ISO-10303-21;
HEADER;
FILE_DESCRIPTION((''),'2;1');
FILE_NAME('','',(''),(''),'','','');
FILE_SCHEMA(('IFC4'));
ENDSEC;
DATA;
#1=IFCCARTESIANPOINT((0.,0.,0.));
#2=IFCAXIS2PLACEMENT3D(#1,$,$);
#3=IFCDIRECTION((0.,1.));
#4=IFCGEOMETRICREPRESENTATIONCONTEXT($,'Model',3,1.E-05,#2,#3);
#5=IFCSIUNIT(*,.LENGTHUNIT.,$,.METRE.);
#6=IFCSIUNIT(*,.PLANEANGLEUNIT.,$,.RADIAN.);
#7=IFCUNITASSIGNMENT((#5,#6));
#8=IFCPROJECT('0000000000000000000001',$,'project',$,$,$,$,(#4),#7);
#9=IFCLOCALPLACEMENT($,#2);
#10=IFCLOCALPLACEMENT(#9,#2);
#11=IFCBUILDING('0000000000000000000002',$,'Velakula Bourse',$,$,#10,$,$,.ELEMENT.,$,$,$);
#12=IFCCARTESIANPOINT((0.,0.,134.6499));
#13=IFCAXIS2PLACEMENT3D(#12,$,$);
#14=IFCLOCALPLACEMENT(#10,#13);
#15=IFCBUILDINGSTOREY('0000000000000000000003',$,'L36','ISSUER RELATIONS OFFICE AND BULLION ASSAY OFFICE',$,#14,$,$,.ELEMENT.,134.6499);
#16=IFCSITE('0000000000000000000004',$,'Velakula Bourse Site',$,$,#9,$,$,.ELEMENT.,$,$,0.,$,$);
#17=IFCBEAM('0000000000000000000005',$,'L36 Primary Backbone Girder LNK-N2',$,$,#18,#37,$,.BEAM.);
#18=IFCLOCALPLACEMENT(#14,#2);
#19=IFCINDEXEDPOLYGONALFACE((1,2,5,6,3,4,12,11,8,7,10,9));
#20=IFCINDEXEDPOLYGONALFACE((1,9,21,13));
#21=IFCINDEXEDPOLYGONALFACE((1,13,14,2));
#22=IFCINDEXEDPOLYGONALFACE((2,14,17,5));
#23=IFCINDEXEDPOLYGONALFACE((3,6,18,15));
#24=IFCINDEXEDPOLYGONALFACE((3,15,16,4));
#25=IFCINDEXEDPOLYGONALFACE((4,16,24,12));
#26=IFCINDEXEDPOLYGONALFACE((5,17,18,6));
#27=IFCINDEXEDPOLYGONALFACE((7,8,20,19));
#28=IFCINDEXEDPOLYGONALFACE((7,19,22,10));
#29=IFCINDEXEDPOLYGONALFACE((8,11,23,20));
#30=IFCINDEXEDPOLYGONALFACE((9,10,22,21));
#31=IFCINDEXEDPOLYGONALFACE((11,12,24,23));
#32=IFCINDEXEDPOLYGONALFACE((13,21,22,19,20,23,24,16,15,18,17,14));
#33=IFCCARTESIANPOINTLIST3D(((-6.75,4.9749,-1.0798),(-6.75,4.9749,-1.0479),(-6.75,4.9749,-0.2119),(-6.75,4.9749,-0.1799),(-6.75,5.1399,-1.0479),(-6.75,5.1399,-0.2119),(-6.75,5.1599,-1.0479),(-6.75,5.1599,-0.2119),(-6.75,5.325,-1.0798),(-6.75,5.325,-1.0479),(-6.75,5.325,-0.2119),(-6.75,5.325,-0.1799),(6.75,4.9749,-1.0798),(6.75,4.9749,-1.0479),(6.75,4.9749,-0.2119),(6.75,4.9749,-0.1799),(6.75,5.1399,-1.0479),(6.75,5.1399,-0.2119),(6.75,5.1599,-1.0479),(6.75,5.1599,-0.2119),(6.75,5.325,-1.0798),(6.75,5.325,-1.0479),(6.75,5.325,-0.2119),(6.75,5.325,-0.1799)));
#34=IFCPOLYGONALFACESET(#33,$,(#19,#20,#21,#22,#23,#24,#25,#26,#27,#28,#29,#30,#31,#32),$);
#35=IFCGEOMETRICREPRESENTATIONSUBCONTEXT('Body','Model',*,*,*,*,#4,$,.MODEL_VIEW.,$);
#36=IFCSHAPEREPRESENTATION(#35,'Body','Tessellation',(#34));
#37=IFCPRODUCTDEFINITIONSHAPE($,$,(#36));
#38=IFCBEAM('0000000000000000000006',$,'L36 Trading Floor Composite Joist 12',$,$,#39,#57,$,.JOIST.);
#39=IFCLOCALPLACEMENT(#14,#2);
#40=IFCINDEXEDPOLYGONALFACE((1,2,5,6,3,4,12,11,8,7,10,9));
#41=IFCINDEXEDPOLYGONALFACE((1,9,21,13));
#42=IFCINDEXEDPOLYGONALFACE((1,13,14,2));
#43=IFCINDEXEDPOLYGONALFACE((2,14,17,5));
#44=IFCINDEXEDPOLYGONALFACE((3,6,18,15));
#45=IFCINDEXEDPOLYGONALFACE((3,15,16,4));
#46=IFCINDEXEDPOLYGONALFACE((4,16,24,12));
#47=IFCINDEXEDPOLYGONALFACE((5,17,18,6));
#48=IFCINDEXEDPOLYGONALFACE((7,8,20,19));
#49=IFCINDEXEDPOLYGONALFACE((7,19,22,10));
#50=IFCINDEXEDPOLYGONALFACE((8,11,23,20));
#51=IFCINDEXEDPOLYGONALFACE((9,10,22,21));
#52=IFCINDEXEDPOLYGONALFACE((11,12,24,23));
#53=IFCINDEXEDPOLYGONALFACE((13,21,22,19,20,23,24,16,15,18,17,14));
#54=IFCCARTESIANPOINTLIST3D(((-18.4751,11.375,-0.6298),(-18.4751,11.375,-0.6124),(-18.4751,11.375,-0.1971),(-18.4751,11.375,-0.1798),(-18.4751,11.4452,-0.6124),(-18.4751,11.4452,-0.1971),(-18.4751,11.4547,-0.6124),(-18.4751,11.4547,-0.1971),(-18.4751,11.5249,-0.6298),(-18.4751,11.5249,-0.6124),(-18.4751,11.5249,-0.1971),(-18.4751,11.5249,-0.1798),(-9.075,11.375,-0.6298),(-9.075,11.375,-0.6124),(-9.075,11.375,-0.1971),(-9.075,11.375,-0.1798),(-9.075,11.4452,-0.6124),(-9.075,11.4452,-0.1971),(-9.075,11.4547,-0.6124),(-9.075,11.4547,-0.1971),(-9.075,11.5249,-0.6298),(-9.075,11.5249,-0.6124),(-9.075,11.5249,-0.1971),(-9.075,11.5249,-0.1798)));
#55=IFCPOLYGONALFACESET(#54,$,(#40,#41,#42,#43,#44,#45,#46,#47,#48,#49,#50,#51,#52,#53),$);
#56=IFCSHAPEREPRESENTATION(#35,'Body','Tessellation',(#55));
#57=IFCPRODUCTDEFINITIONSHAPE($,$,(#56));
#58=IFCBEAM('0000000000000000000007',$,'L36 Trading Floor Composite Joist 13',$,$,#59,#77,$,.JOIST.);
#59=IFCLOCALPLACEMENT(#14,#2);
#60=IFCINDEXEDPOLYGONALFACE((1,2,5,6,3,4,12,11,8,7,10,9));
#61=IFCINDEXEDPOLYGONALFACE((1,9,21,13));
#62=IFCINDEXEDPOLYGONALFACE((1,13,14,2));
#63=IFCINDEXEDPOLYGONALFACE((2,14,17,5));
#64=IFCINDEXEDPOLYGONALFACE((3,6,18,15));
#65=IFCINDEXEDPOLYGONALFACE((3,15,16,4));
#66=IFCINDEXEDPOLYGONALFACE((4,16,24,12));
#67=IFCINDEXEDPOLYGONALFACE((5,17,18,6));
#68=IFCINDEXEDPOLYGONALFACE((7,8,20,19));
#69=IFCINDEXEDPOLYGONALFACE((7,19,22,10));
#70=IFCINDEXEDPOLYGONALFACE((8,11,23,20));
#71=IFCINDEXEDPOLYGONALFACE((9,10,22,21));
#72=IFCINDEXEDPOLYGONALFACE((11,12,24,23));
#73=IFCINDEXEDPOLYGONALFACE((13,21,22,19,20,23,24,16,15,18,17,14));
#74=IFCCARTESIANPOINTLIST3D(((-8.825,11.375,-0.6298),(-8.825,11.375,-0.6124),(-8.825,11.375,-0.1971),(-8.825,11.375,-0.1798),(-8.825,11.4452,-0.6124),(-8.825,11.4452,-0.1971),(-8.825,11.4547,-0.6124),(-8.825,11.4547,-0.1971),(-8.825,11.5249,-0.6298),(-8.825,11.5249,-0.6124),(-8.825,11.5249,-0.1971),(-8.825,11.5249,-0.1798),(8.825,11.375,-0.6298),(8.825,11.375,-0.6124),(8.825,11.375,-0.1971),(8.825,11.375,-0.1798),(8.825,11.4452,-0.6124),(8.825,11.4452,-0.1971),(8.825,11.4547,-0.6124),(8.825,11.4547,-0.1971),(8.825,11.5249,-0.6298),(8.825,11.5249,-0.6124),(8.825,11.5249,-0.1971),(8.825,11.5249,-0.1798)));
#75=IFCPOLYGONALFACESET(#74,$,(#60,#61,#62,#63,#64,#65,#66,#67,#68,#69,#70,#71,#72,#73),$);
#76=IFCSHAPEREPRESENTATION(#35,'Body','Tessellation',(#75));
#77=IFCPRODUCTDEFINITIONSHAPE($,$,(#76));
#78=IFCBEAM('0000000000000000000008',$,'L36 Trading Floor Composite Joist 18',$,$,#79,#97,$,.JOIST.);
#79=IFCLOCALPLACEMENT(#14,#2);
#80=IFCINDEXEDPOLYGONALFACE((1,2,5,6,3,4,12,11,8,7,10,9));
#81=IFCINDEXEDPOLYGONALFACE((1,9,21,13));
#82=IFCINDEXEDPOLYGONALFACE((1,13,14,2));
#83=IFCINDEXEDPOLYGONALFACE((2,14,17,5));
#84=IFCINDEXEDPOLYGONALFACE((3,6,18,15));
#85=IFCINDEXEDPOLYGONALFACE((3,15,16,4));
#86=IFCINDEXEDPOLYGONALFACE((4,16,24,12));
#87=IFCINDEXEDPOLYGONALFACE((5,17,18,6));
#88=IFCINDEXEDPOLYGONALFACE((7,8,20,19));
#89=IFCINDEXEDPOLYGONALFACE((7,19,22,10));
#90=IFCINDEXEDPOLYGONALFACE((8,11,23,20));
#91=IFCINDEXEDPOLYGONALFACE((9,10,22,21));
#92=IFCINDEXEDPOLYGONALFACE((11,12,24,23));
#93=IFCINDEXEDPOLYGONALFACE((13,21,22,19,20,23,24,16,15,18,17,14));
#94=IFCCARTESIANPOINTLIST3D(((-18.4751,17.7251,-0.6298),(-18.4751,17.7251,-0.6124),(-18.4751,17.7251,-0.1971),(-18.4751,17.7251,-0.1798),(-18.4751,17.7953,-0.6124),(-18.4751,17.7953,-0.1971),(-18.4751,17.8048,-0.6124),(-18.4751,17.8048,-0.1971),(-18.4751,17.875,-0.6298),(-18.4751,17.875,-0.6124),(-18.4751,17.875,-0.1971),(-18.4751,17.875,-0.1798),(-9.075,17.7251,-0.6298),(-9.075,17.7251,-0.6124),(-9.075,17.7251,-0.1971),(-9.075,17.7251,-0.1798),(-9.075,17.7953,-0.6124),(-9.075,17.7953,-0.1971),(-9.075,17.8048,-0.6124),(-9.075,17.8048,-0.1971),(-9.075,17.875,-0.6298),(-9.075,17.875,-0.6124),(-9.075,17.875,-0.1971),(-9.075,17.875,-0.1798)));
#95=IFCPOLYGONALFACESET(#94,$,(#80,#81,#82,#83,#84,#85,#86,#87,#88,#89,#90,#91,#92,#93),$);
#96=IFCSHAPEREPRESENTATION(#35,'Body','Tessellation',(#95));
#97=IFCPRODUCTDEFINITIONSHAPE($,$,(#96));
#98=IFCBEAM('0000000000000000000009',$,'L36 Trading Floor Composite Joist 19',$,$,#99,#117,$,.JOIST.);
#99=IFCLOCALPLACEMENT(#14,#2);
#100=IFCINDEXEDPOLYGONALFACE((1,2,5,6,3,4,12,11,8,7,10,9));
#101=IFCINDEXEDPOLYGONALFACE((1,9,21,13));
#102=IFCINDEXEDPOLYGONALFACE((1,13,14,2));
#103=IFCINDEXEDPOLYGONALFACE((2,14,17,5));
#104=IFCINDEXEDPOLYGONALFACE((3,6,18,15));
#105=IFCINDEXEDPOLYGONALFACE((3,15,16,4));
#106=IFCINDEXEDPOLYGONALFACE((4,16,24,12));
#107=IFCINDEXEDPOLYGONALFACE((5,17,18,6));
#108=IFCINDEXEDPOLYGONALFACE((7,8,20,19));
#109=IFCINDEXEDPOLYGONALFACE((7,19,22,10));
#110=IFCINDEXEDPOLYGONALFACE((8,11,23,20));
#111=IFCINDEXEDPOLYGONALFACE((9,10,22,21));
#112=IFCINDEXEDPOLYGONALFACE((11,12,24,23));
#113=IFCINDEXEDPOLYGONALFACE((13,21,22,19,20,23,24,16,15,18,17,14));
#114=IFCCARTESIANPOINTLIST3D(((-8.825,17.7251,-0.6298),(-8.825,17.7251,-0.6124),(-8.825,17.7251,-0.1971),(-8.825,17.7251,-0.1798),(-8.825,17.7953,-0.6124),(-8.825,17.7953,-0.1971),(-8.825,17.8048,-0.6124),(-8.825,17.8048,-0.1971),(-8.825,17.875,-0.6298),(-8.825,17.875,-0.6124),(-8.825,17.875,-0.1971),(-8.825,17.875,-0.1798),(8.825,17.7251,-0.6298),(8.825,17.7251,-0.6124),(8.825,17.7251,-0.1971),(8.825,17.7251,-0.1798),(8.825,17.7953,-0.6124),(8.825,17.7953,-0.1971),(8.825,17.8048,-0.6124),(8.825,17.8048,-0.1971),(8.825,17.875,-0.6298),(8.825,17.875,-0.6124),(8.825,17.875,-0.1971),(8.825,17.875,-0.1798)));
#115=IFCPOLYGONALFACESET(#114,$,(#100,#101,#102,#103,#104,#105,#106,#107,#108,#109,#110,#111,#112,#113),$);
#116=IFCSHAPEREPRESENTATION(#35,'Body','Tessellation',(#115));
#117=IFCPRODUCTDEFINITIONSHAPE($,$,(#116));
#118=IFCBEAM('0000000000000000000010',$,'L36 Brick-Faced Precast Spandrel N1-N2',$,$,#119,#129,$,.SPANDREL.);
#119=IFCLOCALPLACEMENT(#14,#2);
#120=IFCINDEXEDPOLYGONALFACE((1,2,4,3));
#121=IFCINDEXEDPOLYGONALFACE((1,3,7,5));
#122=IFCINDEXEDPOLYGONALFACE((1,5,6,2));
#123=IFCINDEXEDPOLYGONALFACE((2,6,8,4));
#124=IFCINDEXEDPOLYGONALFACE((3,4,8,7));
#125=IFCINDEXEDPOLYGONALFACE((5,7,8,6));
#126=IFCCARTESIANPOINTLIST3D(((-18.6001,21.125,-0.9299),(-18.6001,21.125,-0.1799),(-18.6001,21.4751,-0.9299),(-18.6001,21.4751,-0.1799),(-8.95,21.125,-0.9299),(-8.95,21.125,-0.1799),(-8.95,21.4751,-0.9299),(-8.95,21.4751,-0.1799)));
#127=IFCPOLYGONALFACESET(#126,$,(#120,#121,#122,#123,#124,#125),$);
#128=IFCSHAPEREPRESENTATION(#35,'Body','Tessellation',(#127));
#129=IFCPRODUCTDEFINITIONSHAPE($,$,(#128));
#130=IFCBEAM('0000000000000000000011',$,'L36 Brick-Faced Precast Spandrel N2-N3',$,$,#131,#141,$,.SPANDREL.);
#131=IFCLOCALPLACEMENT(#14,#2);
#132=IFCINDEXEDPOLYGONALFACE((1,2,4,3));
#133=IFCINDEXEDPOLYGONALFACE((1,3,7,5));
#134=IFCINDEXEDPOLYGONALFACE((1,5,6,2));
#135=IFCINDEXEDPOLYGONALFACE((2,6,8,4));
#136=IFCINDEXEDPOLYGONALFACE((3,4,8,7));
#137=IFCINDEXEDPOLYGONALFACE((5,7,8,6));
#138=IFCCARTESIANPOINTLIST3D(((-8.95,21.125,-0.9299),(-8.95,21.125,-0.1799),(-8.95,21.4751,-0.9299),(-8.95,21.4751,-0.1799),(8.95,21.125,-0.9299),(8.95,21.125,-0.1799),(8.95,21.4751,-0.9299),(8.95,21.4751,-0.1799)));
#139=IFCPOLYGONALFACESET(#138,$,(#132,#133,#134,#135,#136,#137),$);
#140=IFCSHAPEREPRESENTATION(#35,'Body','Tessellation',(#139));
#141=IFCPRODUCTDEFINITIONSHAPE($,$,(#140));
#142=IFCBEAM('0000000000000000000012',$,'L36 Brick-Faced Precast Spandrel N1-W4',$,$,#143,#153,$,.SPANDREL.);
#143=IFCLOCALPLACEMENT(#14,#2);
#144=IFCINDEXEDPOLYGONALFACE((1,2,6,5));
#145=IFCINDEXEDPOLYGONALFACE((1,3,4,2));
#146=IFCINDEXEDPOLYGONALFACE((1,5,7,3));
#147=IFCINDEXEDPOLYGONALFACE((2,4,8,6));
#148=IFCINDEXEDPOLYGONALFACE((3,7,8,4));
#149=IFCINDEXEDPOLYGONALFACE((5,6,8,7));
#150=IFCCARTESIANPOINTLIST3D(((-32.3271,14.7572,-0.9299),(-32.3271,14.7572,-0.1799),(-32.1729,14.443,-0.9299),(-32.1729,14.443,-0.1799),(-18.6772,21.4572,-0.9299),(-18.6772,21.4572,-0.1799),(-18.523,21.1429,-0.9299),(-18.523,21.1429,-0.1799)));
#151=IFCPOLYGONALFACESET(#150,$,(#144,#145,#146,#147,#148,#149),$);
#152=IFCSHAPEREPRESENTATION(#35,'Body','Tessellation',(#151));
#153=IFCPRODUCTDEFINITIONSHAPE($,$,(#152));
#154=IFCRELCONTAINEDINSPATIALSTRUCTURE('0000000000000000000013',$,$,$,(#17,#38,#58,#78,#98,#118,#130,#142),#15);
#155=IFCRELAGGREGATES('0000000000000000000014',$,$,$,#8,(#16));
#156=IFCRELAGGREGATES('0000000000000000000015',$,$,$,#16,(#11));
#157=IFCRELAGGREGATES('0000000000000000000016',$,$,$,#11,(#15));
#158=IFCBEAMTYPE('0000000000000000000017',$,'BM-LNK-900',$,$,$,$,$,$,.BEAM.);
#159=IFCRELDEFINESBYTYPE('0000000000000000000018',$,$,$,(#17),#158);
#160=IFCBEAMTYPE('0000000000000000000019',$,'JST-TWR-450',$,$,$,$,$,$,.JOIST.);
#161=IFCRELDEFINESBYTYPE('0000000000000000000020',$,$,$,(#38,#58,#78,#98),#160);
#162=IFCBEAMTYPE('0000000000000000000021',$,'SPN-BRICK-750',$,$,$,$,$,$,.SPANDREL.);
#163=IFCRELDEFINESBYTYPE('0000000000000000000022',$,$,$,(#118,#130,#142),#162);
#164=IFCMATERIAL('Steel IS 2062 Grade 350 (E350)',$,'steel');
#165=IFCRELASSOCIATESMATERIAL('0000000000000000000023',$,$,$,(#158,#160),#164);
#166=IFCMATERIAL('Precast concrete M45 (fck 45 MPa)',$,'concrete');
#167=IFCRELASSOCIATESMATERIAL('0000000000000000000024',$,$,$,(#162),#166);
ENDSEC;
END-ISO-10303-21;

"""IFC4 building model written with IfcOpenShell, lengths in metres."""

from ifc_helpers import new_model, si_unit, direction, frame, origin, origin_2d, place, context, subcontext, project, spatial, rectangle, i_section, extrude, material, material_profile, profile_set, type_object, element, save


model = new_model("IFC4")

# Units and contexts
model_context = context("Model", 3, precision=1e-05, world=origin(), true_north=direction((0.0, 1.0)))
body_context = subcontext(model_context, "Body", "Model", "MODEL_VIEW")
ifc_project = project(units=[si_unit("LENGTHUNIT", "METRE"), si_unit("PLANEANGLEUNIT", "RADIAN")], contexts=[model_context])

# Site, building, storey
site_placement = place(None, origin())
site = spatial("IfcSite", under=ifc_project, at=site_placement, Name="Velakula Bourse Site", CompositionType="ELEMENT", RefElevation=0.0)
building_placement = place(site_placement, origin())
building = spatial("IfcBuilding", under=site, at=building_placement, Name="Velakula Bourse", CompositionType="ELEMENT")
storey_placement = place(building_placement, frame((0.0, 0.0, 134.6499)))
storey = spatial("IfcBuildingStorey", under=building, at=storey_placement, Name="L36", Description="ISSUER RELATIONS OFFICE AND BULLION ASSAY OFFICE", CompositionType="ELEMENT", Elevation=134.6499)

# Shared definitions
ifc_material_1 = material(Name="Steel IS 2062 Grade 350 (E350)", Category="steel")

# Beams
ifc_material_profile_1 = material_profile(ifc_material_1, i_section(OverallWidth=0.3501, OverallDepth=0.8999, WebThickness=0.02, FlangeThickness=0.032, at=origin_2d()), Name="Steel IS 2062 Grade 350 (E350)")
ifc_profile_set_1 = profile_set([ifc_material_profile_1], Name="Steel IS 2062 Grade 350 (E350)")
beam_type_1 = type_object("IfcBeamType", Name="BM-LNK-900", PredefinedType="BEAM", material=ifc_profile_set_1)
beam_1_placement = place(storey_placement, frame((-6.75, 5.1499, -0.6299), z_axis=(1.0, 0.0, 0.0), x_axis=(0.0, 1.0, 0.0)))
element("IfcBeam", 1, at=beam_1_placement, inside=storey, type_object=beam_type_1, Name="L36 Primary Backbone Girder LNK-N2", PredefinedType="BEAM", context=body_context, shape_type="SweptSolid", body=[
    extrude(i_section(OverallWidth=0.3501, OverallDepth=0.8999, WebThickness=0.02, FlangeThickness=0.032, at=origin_2d()), origin(), (0.0, 0.0, 1.0), 13.5),
])
ifc_material_profile_2 = material_profile(ifc_material_1, i_section(OverallWidth=0.1499, OverallDepth=0.45, WebThickness=0.0095, FlangeThickness=0.0173, at=origin_2d()), Name="Steel IS 2062 Grade 350 (E350)")
ifc_profile_set_2 = profile_set([ifc_material_profile_2], Name="Steel IS 2062 Grade 350 (E350)")
beam_type_2 = type_object("IfcBeamType", Name="JST-TWR-450", PredefinedType="JOIST", material=ifc_profile_set_2)
beam_2_placement = place(storey_placement, frame((-18.4751, 11.45, -0.4048), z_axis=(1.0, 0.0, 0.0), x_axis=(0.0, 1.0, 0.0)))
element("IfcBeam", 2, at=beam_2_placement, inside=storey, type_object=beam_type_2, Name="L36 Trading Floor Composite Joist 12", PredefinedType="JOIST", context=body_context, shape_type="SweptSolid", body=[
    extrude(i_section(OverallWidth=0.1499, OverallDepth=0.45, WebThickness=0.0095, FlangeThickness=0.0173, at=origin_2d()), origin(), (0.0, 0.0, 1.0), 9.4001),
])
beam_3_placement = place(storey_placement, frame((-8.825, 11.45, -0.4048), z_axis=(1.0, 0.0, 0.0), x_axis=(0.0, 1.0, 0.0)))
element("IfcBeam", 3, at=beam_3_placement, inside=storey, type_object=beam_type_2, Name="L36 Trading Floor Composite Joist 13", PredefinedType="JOIST", context=body_context, shape_type="SweptSolid", body=[
    extrude(i_section(OverallWidth=0.1499, OverallDepth=0.45, WebThickness=0.0095, FlangeThickness=0.0173, at=origin_2d()), origin(), (0.0, 0.0, 1.0), 17.6499),
])
beam_4_placement = place(storey_placement, frame((-18.4751, 17.8, -0.4048), z_axis=(1.0, 0.0, 0.0), x_axis=(0.0, 1.0, 0.0)))
element("IfcBeam", 4, at=beam_4_placement, inside=storey, type_object=beam_type_2, Name="L36 Trading Floor Composite Joist 18", PredefinedType="JOIST", context=body_context, shape_type="SweptSolid", body=[
    extrude(i_section(OverallWidth=0.1499, OverallDepth=0.45, WebThickness=0.0095, FlangeThickness=0.0173, at=origin_2d()), origin(), (0.0, 0.0, 1.0), 9.4001),
])
beam_5_placement = place(storey_placement, frame((-8.825, 17.8, -0.4048), z_axis=(1.0, 0.0, 0.0), x_axis=(0.0, 1.0, 0.0)))
element("IfcBeam", 5, at=beam_5_placement, inside=storey, type_object=beam_type_2, Name="L36 Trading Floor Composite Joist 19", PredefinedType="JOIST", context=body_context, shape_type="SweptSolid", body=[
    extrude(i_section(OverallWidth=0.1499, OverallDepth=0.45, WebThickness=0.0095, FlangeThickness=0.0173, at=origin_2d()), origin(), (0.0, 0.0, 1.0), 17.6499),
])
ifc_material_2 = material(Name="Precast concrete M45 (fck 45 MPa)", Category="concrete")
ifc_material_profile_3 = material_profile(ifc_material_2, rectangle(XDim=0.3501, YDim=0.75, at=origin_2d()), Name="Precast concrete M45 (fck 45 MPa)")
ifc_profile_set_3 = profile_set([ifc_material_profile_3], Name="Precast concrete M45 (fck 45 MPa)")
beam_type_3 = type_object("IfcBeamType", Name="SPN-BRICK-750", PredefinedType="SPANDREL", material=ifc_profile_set_3)
beam_6_placement = place(storey_placement, frame((-18.6001, 21.3, -0.5549), z_axis=(1.0, 0.0, 0.0), x_axis=(0.0, 1.0, 0.0)))
element("IfcBeam", 6, at=beam_6_placement, inside=storey, type_object=beam_type_3, Name="L36 Brick-Faced Precast Spandrel N1-N2", PredefinedType="SPANDREL", context=body_context, shape_type="SweptSolid", body=[
    extrude(rectangle(XDim=0.3501, YDim=0.75, at=origin_2d()), origin(), (0.0, 0.0, 1.0), 9.6501),
])
beam_7_placement = place(storey_placement, frame((-8.95, 21.3, -0.5549), z_axis=(1.0, 0.0, 0.0), x_axis=(0.0, 1.0, 0.0)))
element("IfcBeam", 7, at=beam_7_placement, inside=storey, type_object=beam_type_3, Name="L36 Brick-Faced Precast Spandrel N2-N3", PredefinedType="SPANDREL", context=body_context, shape_type="SweptSolid", body=[
    extrude(rectangle(XDim=0.3501, YDim=0.75, at=origin_2d()), origin(), (0.0, 0.0, 1.0), 17.8999),
])
beam_8_placement = place(storey_placement, frame((-18.6001, 21.3, -0.5549), z_axis=(-0.897691, -0.440625, 0.0), x_axis=(0.440625, -0.897691, 0.0)))
element("IfcBeam", 8, at=beam_8_placement, inside=storey, type_object=beam_type_3, Name="L36 Brick-Faced Precast Spandrel N1-W4", PredefinedType="SPANDREL", context=body_context, shape_type="SweptSolid", body=[
    extrude(rectangle(XDim=0.3501, YDim=0.75, at=origin_2d()), origin(), (0.0, 0.0, 1.0), 15.2056),
])

save(model, "model.ifc")
